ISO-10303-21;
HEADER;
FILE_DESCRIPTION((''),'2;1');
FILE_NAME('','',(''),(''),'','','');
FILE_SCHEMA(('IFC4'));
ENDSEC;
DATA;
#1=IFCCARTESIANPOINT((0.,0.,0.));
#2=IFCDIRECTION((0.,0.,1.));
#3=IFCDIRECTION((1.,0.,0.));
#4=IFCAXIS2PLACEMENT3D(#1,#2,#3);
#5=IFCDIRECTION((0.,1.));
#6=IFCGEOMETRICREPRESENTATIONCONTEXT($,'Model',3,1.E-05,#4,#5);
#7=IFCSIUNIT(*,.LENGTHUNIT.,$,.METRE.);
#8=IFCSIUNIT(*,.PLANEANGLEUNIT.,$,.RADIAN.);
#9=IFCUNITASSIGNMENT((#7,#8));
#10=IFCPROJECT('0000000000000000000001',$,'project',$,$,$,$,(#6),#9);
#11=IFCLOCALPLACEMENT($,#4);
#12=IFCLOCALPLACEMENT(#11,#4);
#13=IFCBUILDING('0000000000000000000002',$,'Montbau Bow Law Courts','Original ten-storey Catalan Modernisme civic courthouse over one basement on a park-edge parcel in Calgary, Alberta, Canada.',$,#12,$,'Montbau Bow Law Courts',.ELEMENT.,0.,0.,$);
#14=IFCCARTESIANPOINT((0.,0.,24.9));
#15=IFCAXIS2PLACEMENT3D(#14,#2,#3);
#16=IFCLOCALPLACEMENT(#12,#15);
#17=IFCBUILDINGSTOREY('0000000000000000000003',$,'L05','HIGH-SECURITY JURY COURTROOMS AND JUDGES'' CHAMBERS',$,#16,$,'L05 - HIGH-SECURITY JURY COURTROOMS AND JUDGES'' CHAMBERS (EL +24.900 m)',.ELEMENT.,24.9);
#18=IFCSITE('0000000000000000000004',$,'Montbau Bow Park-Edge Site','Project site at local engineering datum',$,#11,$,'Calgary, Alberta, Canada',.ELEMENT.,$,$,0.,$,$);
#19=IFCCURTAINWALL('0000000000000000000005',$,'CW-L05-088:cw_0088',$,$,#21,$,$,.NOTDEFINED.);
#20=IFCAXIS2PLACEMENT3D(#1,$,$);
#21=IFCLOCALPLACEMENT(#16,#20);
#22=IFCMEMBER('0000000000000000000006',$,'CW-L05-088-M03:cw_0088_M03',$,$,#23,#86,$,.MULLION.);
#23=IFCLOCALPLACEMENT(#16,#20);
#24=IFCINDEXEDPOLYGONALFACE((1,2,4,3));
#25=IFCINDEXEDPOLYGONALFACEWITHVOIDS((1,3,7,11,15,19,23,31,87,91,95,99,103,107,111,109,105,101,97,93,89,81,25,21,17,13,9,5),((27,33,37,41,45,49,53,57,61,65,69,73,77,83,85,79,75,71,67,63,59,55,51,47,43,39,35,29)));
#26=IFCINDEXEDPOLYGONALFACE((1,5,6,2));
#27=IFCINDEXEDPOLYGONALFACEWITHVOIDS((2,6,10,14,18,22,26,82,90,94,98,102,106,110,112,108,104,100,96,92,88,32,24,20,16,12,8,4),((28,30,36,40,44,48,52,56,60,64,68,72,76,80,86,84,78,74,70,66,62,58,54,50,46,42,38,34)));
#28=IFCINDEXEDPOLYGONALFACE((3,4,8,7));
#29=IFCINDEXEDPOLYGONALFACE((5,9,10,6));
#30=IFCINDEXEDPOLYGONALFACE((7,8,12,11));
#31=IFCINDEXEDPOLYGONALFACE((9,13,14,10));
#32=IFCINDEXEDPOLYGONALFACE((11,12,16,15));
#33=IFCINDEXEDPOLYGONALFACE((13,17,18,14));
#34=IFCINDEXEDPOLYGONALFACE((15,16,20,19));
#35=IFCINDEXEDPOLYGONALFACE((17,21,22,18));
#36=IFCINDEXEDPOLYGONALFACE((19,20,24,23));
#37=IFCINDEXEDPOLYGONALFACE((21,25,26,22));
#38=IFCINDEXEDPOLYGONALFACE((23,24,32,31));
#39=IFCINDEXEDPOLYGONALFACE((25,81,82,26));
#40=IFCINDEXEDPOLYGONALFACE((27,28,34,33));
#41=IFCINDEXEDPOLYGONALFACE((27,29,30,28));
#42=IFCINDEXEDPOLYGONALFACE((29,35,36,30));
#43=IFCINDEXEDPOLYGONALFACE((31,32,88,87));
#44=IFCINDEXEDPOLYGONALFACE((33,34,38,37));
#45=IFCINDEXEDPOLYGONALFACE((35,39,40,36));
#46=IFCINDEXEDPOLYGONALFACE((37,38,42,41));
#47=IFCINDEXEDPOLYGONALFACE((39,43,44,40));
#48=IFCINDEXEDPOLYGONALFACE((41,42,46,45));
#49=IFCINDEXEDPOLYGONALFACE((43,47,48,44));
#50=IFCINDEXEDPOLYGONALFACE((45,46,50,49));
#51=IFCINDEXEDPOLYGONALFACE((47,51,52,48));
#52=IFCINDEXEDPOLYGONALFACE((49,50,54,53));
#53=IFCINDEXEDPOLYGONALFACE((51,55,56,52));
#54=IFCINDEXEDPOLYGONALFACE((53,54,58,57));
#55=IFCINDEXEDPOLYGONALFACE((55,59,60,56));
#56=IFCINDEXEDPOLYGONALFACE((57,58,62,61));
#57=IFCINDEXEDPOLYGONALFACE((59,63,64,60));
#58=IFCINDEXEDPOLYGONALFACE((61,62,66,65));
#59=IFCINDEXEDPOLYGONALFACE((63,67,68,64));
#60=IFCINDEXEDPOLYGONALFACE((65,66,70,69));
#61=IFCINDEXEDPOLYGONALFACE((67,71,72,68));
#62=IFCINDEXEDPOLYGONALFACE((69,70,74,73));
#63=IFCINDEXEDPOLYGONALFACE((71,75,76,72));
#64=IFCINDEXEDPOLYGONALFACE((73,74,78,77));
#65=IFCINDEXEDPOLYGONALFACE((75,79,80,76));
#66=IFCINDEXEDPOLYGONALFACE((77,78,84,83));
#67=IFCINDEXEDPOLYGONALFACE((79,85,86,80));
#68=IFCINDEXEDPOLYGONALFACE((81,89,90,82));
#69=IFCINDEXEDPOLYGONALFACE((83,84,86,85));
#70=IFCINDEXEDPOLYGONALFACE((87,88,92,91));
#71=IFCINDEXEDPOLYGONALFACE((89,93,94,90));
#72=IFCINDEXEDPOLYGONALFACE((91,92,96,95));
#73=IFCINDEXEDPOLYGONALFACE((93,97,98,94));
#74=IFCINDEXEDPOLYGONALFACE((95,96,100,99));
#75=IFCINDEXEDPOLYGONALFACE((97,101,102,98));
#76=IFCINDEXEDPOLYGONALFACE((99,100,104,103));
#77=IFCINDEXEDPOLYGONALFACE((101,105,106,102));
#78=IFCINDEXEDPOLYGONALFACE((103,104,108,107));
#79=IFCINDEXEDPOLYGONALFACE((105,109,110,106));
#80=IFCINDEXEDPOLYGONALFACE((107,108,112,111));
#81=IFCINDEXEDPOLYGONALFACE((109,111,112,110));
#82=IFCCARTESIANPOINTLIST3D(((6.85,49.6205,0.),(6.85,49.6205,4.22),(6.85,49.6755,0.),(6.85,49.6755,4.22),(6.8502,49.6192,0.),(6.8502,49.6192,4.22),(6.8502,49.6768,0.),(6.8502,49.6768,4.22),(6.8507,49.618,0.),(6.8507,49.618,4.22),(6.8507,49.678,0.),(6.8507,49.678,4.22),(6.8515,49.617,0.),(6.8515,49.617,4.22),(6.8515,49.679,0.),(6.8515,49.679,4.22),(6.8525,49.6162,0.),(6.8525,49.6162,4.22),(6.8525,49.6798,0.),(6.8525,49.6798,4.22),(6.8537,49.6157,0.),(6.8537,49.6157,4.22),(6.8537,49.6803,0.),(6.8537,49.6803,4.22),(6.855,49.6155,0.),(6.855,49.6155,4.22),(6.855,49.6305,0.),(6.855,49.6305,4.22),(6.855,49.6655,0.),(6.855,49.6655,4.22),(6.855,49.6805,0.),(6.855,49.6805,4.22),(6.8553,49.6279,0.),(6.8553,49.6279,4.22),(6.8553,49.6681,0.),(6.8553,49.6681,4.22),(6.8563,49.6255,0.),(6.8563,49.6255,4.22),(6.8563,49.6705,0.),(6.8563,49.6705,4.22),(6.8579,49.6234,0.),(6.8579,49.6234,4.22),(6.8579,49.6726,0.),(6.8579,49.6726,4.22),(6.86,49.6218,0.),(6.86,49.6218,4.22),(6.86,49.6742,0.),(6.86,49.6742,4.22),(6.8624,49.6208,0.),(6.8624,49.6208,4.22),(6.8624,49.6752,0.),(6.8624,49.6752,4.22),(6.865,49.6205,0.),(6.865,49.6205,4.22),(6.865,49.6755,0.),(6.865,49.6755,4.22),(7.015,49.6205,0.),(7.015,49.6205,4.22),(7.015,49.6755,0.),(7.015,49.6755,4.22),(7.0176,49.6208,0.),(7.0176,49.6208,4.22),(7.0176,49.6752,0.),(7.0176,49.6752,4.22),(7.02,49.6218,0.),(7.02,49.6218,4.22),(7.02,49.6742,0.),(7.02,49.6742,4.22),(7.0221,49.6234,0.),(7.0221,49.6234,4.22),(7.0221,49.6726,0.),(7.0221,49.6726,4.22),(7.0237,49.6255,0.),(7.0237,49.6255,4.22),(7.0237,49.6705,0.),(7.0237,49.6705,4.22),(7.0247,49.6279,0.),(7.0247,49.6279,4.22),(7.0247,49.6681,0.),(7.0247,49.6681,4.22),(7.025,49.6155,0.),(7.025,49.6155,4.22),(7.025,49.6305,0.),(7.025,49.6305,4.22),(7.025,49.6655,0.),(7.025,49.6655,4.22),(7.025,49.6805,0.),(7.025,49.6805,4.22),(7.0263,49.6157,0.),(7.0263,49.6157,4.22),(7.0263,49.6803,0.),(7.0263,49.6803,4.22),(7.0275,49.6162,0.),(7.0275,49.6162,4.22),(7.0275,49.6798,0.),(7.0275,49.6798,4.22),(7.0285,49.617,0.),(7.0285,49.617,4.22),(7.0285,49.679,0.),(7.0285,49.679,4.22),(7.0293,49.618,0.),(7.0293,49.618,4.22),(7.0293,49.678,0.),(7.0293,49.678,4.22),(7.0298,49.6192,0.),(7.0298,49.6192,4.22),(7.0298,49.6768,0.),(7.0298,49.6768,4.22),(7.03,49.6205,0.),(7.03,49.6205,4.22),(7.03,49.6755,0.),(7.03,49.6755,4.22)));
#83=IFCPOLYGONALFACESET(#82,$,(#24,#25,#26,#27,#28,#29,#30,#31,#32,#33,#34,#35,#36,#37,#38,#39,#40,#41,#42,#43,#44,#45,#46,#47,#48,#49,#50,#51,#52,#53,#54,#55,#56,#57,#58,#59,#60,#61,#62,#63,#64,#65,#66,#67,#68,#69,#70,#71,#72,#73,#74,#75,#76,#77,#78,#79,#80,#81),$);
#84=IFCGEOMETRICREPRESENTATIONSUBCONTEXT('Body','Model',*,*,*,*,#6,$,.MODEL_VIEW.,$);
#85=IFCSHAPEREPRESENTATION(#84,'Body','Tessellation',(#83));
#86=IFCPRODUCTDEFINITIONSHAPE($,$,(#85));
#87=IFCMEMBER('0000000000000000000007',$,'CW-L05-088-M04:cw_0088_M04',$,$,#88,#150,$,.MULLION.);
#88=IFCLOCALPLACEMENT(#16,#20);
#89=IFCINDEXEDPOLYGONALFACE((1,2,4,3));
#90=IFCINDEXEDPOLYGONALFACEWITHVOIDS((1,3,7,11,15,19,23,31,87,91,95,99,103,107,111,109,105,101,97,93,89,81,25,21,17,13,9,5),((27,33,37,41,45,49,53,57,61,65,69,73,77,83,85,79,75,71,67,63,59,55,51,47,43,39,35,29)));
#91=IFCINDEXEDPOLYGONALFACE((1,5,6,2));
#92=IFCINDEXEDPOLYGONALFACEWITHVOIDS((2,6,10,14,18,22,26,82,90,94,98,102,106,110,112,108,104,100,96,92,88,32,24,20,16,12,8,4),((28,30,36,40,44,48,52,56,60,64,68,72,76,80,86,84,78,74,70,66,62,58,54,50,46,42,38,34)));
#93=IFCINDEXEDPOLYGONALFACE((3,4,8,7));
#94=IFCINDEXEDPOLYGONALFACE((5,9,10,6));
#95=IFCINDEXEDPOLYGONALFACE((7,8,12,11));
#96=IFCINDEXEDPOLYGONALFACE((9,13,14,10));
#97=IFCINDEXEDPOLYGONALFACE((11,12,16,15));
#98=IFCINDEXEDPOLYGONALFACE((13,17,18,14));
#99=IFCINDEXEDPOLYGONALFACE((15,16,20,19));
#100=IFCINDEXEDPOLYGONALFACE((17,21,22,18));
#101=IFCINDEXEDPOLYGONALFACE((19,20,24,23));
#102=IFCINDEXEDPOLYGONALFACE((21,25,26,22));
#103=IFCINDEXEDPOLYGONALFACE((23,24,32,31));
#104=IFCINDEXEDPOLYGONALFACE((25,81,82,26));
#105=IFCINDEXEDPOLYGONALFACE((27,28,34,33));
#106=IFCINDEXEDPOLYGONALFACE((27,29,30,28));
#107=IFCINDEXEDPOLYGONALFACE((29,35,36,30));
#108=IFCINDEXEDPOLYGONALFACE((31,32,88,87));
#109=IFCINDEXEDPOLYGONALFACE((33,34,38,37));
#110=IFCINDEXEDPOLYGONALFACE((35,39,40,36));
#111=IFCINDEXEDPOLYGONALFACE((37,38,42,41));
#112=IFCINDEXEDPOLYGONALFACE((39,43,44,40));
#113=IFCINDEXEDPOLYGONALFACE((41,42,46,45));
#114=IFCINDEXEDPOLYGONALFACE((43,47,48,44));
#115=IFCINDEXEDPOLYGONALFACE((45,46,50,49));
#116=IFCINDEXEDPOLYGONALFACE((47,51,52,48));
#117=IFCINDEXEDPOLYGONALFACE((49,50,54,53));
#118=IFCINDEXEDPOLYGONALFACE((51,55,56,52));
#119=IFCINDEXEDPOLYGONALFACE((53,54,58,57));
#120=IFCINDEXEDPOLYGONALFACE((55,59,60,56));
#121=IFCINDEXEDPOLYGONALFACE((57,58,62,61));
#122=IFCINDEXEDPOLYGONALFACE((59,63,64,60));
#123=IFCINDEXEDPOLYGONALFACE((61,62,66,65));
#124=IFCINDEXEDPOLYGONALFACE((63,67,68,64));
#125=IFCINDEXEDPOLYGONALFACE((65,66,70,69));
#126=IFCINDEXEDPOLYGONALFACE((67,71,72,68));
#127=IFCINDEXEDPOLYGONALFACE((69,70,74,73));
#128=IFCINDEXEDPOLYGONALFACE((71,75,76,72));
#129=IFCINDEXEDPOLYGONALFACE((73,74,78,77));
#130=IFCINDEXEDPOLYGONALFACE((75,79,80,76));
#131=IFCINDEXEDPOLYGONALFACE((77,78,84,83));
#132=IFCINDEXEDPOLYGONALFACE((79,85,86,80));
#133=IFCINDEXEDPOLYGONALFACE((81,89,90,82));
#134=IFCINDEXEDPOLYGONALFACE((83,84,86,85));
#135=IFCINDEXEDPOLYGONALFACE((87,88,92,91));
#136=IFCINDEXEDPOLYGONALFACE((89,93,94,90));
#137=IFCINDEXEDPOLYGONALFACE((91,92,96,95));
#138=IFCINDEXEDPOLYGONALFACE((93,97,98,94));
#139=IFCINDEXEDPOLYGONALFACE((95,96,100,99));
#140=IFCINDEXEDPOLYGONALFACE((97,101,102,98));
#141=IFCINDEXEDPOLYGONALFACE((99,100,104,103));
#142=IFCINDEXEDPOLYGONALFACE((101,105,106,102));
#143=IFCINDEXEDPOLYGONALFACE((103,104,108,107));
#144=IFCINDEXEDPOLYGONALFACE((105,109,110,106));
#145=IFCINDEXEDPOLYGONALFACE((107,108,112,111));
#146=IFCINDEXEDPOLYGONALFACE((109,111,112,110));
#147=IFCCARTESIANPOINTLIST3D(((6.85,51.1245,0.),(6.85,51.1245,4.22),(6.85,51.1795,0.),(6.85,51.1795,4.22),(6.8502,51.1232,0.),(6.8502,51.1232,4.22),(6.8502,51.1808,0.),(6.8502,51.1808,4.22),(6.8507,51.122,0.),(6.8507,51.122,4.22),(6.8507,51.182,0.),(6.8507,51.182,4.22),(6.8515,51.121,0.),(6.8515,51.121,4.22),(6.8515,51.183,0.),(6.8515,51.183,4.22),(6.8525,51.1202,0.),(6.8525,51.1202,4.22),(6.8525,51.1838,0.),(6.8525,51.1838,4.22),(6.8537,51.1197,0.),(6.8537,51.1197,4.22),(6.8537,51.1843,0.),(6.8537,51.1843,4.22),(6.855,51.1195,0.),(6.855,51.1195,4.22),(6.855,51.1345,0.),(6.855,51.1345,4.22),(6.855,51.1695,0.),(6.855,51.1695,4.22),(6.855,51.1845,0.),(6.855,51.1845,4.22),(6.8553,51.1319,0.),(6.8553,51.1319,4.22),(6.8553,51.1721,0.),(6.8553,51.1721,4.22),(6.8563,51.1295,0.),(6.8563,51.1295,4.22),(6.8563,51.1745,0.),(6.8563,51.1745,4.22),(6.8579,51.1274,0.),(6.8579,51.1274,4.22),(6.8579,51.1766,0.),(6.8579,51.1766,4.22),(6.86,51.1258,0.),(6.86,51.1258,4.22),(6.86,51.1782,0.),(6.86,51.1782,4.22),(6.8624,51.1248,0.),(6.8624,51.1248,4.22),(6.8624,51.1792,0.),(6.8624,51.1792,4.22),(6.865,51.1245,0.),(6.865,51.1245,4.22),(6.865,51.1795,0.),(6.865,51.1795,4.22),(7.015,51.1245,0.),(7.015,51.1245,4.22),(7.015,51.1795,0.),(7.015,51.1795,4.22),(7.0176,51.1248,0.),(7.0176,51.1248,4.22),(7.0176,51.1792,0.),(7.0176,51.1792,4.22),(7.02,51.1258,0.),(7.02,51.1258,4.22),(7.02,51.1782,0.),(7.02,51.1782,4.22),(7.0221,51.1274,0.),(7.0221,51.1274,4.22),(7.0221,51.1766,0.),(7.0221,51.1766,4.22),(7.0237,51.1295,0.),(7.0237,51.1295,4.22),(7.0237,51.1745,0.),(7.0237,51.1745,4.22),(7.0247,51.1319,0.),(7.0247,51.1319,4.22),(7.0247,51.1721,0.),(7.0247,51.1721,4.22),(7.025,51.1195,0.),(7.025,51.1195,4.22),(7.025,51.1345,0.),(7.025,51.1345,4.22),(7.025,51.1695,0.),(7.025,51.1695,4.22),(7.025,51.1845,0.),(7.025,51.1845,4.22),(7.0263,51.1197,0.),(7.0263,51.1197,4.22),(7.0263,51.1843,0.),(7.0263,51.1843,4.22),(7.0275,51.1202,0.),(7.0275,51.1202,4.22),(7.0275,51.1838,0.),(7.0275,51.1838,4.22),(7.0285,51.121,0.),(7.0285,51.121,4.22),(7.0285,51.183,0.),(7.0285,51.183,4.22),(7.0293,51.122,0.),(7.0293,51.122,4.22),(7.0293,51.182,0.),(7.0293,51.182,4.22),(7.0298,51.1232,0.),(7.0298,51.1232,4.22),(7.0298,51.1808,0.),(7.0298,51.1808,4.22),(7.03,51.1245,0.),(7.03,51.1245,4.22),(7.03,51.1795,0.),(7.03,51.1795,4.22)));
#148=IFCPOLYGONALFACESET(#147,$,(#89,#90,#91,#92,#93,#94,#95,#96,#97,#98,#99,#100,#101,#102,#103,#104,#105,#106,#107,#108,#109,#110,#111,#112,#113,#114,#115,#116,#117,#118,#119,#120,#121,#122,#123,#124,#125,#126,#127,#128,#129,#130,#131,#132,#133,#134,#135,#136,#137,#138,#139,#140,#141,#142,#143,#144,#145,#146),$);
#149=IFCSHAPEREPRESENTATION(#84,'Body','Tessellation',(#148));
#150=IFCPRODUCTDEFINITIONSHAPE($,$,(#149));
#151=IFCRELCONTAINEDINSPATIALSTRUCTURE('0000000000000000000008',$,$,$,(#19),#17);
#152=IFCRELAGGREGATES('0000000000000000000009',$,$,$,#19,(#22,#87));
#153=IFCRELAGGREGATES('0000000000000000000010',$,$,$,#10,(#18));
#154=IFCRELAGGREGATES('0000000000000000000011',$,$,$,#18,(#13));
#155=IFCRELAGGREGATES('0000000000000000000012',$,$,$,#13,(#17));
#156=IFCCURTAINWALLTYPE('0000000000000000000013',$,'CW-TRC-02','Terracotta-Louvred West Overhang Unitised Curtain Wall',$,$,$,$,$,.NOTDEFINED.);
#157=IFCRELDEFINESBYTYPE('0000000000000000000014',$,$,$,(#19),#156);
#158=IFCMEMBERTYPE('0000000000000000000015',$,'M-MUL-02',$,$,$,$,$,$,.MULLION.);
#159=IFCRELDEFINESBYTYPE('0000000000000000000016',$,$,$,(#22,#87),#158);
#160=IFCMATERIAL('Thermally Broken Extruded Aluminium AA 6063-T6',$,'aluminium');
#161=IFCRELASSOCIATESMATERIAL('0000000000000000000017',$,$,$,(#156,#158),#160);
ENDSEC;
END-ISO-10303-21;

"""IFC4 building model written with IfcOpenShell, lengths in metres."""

from ifc_helpers import new_model, si_unit, direction, frame, origin_with_axes, origin_2d_with_axis, place, context, subcontext, project, spatial, hollow_rectangle, extrude, material, material_profile, profile_set, type_object, element, aggregate, save


model = new_model("IFC4")

# Units and contexts
model_context = context("Model", 3, precision=1e-05, world=origin_with_axes(), true_north=direction((0.0, 1.0)))
body_context = subcontext(model_context, "Body", "Model", "MODEL_VIEW")
ifc_project = project(units=[si_unit("LENGTHUNIT", "METRE"), si_unit("PLANEANGLEUNIT", "RADIAN")], contexts=[model_context])

# Site, building, storey
site_placement = place(None, origin_with_axes())
site = spatial("IfcSite", under=ifc_project, at=site_placement, Name="Montbau Bow Park-Edge Site", Description="Project site at local engineering datum", LongName="Calgary, Alberta, Canada", CompositionType="ELEMENT", RefElevation=0.0)
building_placement = place(site_placement, origin_with_axes())
building = spatial("IfcBuilding", under=site, at=building_placement, Name="Montbau Bow Law Courts", Description="Original ten-storey Catalan Modernisme civic courthouse over one basement on a park-edge parcel in Calgary, Alberta, Canada.", LongName="Montbau Bow Law Courts", CompositionType="ELEMENT", ElevationOfRefHeight=0.0, ElevationOfTerrain=0.0)
storey_placement = place(building_placement, frame((0.0, 0.0, 24.9), z_axis=(0.0, 0.0, 1.0), x_axis=(1.0, 0.0, 0.0)))
storey = spatial("IfcBuildingStorey", under=building, at=storey_placement, Name="L05", Description="HIGH-SECURITY JURY COURTROOMS AND JUDGES' CHAMBERS", LongName="L05 - HIGH-SECURITY JURY COURTROOMS AND JUDGES' CHAMBERS (EL +24.900 m)", CompositionType="ELEMENT", Elevation=24.9)

# Curtain wall, members
ifc_material_1 = material(Name="Thermally Broken Extruded Aluminium AA 6063-T6", Category="aluminium")
curtain_wall_type = type_object("IfcCurtainWallType", Name="CW-TRC-02", Description="Terracotta-Louvred West Overhang Unitised Curtain Wall", PredefinedType="NOTDEFINED", material=ifc_material_1)
curtain_wall_placement = place(None, frame((6.94, 46.64, 24.9), z_axis=(0.0, 0.0, 1.0), x_axis=(1.0, 0.0, 0.0)))
curtain_wall = element("IfcCurtainWall", 1, at=curtain_wall_placement, inside=storey, type_object=curtain_wall_type, Name="CW-L05-088:cw_0088", PredefinedType="NOTDEFINED")
ifc_material_profile_1 = material_profile(ifc_material_1, hollow_rectangle(XDim=0.065, YDim=0.18, WallThickness=0.005, InnerFilletRadius=0.01, OuterFilletRadius=0.005, at=origin_2d_with_axis()), Name="CWM-180X65", Category="Main", Priority=0)
ifc_profile_set_1 = profile_set([ifc_material_profile_1], Name="Thermally Broken Extruded Aluminium AA 6063-T6")
member_type_1 = type_object("IfcMemberType", Name="M-MUL-02", PredefinedType="MULLION", material=ifc_profile_set_1)
member_1_placement = place(None, frame((6.94, 49.648, 24.9), z_axis=(0.0, 0.0, 1.0), x_axis=(0.0, 1.0, 0.0)))
member_1 = element("IfcMember", 2, at=member_1_placement, type_object=member_type_1, Name="CW-L05-088-M03:cw_0088_M03", PredefinedType="MULLION", context=body_context, shape_type="SweptSolid", body=[
    extrude(hollow_rectangle(XDim=0.065, YDim=0.18, WallThickness=0.005, InnerFilletRadius=0.01, OuterFilletRadius=0.005, at=origin_2d_with_axis()), origin_with_axes(), (0.0, 0.0, 1.0), 4.22),
])
member_2_placement = place(None, frame((6.94, 51.152, 24.9), z_axis=(0.0, 0.0, 1.0), x_axis=(0.0, 1.0, 0.0)))
member_2 = element("IfcMember", 3, at=member_2_placement, type_object=member_type_1, Name="CW-L05-088-M04:cw_0088_M04", PredefinedType="MULLION", context=body_context, shape_type="SweptSolid", body=[
    extrude(hollow_rectangle(XDim=0.065, YDim=0.18, WallThickness=0.005, InnerFilletRadius=0.01, OuterFilletRadius=0.005, at=origin_2d_with_axis()), origin_with_axes(), (0.0, 0.0, 1.0), 4.22),
])
aggregate(curtain_wall, [member_1, member_2])

save(model, "model.ifc")
